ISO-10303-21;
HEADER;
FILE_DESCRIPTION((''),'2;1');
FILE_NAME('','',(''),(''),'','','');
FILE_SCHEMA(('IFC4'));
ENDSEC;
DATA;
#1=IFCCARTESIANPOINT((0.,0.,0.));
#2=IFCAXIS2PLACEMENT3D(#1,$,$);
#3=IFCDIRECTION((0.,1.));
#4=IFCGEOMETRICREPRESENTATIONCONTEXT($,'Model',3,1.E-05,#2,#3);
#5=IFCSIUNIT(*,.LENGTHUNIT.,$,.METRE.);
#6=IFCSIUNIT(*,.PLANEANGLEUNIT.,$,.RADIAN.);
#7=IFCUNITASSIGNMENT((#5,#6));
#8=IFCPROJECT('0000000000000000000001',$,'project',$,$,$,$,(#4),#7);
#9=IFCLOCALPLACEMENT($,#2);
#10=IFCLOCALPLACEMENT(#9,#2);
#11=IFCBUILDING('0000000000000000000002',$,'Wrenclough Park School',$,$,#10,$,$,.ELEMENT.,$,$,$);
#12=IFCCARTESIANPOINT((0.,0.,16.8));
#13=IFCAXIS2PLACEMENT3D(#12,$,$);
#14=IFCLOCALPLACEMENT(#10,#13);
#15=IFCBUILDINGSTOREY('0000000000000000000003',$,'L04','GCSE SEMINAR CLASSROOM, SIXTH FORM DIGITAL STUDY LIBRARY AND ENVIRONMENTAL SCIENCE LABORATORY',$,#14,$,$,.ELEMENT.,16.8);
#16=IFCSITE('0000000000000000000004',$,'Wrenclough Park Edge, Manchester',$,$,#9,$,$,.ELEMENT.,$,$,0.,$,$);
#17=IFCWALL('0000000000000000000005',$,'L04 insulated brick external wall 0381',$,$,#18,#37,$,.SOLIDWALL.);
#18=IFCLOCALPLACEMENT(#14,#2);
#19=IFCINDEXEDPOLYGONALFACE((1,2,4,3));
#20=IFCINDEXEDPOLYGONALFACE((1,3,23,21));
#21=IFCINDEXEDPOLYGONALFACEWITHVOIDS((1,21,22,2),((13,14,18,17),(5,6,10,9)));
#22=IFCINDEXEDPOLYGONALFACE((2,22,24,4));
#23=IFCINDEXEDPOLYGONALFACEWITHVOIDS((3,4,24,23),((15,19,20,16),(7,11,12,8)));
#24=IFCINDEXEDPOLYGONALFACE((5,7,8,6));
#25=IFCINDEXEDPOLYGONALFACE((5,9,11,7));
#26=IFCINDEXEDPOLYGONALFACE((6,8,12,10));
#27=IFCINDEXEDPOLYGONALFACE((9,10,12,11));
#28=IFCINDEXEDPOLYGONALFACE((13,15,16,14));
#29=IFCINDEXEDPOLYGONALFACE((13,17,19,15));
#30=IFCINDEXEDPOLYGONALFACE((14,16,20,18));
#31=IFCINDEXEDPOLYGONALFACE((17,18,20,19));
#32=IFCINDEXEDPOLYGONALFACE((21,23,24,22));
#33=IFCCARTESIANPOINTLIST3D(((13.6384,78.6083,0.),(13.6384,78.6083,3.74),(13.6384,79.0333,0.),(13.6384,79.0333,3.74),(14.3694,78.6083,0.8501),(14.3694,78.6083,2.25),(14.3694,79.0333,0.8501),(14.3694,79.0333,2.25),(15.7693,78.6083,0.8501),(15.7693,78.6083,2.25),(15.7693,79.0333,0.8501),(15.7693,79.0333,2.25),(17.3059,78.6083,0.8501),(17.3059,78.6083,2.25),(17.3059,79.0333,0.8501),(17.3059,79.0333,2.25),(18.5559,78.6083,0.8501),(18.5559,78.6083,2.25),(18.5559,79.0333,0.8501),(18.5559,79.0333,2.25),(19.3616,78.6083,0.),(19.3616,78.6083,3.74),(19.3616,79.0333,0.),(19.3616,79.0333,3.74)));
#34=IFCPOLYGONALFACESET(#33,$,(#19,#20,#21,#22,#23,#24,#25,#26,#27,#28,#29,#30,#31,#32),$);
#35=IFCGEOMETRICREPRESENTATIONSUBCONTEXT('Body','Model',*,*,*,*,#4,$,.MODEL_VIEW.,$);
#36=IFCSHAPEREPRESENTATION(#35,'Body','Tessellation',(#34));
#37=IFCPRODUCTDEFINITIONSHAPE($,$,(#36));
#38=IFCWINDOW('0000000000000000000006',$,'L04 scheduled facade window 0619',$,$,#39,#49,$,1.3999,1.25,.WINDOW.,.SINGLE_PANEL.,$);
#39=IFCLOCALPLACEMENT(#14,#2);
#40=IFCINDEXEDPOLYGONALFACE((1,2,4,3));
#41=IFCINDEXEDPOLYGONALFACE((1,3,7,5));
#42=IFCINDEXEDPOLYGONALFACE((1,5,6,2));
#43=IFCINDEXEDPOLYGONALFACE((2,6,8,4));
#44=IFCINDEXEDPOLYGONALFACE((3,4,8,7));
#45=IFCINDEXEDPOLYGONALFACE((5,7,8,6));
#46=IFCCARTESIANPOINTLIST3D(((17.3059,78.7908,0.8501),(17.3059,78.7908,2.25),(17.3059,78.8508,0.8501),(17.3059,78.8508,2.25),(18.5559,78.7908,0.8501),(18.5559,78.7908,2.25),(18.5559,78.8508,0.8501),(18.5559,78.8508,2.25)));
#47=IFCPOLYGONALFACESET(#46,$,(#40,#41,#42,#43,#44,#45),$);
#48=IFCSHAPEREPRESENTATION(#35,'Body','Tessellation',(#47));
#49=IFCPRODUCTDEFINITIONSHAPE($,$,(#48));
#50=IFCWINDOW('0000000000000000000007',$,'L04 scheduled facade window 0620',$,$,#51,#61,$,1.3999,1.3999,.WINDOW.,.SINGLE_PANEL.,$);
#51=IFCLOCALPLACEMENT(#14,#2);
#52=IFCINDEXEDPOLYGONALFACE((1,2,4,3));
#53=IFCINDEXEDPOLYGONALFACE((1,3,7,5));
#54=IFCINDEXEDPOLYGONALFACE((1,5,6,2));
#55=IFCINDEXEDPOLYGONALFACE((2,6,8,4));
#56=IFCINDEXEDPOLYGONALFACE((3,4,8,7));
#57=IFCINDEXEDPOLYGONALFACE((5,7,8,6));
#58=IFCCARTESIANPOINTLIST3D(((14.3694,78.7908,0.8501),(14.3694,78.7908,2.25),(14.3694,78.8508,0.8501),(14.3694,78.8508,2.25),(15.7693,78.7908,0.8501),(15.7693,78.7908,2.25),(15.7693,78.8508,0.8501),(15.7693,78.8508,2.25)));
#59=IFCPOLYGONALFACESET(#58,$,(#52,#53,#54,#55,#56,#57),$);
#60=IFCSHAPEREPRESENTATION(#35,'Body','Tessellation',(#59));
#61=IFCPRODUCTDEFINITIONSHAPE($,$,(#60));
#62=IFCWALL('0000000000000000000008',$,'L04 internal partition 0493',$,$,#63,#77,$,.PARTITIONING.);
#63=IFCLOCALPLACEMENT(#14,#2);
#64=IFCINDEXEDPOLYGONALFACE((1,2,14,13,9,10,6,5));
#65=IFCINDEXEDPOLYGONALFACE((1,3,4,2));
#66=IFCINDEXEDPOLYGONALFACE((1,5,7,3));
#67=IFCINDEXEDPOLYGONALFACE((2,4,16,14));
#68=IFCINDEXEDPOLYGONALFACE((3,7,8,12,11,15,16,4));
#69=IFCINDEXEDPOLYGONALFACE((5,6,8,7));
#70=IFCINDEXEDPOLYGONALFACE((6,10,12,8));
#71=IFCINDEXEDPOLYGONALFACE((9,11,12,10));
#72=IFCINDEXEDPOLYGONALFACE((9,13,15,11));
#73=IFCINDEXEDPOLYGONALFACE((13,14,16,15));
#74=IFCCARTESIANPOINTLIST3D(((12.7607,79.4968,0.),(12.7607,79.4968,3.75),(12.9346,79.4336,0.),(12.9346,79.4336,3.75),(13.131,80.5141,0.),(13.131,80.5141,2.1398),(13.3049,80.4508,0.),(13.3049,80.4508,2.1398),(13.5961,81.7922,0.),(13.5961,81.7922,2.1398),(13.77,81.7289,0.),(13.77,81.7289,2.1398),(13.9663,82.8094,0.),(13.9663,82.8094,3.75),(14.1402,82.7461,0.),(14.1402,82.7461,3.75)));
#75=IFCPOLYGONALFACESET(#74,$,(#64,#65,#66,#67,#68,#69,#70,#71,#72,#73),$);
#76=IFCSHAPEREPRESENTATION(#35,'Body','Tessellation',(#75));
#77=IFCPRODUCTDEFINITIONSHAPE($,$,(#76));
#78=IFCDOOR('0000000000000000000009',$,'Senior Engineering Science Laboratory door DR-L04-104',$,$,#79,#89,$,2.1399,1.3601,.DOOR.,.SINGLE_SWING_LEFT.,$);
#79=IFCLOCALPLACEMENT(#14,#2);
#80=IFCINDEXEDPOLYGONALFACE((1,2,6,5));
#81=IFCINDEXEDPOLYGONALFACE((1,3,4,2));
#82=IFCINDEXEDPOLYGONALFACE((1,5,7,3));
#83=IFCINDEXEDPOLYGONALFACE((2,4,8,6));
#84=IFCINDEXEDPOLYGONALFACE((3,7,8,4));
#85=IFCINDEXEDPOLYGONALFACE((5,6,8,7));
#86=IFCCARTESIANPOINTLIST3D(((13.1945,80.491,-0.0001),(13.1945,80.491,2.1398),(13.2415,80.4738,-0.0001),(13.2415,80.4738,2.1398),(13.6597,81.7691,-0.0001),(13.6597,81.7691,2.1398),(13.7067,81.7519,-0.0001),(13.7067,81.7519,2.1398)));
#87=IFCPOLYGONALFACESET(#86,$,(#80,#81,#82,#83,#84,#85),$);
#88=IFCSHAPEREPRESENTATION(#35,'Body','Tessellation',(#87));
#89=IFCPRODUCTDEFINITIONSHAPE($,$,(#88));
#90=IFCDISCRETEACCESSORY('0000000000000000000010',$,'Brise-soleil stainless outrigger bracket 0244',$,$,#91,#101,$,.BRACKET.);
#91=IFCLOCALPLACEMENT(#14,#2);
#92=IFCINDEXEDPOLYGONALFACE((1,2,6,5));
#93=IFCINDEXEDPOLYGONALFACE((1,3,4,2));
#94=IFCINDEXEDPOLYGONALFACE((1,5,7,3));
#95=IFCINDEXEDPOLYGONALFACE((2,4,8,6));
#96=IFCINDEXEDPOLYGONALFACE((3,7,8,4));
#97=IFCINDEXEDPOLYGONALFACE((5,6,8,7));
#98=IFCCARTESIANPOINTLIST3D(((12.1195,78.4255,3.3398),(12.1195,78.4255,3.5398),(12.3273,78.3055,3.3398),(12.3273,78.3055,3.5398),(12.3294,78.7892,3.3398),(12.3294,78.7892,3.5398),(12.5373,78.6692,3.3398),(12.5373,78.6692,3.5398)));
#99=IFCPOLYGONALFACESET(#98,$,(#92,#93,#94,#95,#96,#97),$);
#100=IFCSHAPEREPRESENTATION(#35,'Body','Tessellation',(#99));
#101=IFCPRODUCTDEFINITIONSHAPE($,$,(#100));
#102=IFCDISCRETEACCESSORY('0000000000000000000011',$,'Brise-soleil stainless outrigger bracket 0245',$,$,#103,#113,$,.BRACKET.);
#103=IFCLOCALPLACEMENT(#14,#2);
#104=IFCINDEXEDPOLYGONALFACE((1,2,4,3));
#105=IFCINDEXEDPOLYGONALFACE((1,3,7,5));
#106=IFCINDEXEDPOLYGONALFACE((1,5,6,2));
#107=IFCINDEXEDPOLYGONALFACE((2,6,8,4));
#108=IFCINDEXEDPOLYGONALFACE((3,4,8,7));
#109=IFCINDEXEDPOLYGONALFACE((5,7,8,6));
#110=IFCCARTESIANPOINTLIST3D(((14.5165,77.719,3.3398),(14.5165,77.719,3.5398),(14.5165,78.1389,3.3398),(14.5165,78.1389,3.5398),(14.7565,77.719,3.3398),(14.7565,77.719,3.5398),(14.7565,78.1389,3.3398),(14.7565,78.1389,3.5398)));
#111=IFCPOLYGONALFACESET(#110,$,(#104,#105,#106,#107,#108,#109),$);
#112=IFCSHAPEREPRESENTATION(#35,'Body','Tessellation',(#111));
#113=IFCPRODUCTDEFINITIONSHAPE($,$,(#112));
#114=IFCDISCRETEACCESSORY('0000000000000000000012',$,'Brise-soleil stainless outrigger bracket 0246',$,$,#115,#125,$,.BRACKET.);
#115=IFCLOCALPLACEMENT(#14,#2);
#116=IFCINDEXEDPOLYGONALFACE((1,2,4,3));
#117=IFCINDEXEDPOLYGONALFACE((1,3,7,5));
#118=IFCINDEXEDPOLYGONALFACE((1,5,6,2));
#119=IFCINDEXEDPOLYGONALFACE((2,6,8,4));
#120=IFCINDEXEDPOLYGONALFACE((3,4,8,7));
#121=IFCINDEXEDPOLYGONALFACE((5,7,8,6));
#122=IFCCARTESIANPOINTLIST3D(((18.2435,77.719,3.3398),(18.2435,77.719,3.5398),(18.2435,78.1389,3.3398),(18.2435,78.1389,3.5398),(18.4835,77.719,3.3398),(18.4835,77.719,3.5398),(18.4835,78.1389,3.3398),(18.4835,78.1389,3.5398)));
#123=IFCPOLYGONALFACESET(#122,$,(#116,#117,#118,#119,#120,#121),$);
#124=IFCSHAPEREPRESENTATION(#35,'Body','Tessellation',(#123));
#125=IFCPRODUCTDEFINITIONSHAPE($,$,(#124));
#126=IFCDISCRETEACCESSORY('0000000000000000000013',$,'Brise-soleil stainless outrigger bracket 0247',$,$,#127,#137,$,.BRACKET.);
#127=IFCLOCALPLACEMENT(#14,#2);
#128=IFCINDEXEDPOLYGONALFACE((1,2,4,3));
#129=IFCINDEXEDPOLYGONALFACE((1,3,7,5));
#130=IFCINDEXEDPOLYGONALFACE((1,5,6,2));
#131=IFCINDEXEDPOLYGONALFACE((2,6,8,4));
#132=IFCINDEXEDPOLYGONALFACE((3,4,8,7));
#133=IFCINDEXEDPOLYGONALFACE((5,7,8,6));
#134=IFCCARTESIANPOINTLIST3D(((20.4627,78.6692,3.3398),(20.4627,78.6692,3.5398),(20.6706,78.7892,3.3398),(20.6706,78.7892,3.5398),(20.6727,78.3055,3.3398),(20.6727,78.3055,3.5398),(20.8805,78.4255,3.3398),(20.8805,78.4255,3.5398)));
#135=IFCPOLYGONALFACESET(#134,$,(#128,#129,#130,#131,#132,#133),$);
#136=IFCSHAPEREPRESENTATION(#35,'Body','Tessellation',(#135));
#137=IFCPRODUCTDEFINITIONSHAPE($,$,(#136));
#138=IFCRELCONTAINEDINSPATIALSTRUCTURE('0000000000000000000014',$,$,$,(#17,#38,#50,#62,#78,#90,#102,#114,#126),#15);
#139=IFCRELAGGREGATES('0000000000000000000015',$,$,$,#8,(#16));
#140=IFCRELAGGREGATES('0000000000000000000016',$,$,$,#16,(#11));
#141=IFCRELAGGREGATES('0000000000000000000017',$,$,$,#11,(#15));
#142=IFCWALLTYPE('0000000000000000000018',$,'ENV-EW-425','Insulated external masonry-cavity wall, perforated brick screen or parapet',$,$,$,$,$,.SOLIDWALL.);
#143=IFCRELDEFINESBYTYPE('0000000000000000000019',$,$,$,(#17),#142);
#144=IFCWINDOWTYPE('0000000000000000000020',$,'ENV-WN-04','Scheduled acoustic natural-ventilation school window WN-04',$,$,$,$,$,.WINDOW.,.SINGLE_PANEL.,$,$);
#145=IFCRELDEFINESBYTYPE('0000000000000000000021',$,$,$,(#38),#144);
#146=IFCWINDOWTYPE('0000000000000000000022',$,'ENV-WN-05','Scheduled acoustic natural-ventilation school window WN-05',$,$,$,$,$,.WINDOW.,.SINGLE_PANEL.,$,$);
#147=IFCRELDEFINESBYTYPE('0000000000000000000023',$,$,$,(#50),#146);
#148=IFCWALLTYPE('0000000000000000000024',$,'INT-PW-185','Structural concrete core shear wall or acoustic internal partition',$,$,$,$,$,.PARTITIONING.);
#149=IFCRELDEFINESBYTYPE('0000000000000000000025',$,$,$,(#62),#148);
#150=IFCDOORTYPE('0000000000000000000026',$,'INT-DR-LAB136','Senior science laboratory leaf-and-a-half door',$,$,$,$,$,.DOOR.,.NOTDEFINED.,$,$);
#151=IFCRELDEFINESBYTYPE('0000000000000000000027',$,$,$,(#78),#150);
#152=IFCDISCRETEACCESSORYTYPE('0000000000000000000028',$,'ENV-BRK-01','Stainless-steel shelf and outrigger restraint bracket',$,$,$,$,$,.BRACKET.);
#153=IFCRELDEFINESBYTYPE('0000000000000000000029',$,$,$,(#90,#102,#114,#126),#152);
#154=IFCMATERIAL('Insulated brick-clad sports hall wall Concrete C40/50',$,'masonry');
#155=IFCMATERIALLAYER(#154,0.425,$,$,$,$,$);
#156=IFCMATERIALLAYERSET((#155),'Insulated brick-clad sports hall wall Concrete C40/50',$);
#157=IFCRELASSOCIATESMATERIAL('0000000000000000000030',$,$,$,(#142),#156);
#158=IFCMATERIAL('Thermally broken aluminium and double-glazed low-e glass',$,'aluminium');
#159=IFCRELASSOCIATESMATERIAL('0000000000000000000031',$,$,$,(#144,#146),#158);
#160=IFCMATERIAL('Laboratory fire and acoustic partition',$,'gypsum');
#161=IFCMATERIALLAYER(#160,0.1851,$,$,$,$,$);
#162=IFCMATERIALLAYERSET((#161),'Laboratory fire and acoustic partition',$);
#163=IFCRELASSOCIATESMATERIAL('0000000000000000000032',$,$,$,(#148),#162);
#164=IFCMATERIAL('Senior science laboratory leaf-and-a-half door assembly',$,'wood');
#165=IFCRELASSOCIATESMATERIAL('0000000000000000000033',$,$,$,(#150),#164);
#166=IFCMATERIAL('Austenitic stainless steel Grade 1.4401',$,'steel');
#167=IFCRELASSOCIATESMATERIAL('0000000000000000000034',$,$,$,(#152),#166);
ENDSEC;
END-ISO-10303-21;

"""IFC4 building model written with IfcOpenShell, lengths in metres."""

from ifc_helpers import new_model, si_unit, direction, frame, frame_2d, origin, origin_2d, place, context, subcontext, project, spatial, rectangle, extrude, material, layer, layer_set, type_object, element, fill, save


model = new_model("IFC4")

# Units and contexts
model_context = context("Model", 3, precision=1e-05, world=origin(), true_north=direction((0.0, 1.0)))
body_context = subcontext(model_context, "Body", "Model", "MODEL_VIEW")
ifc_project = project(units=[si_unit("LENGTHUNIT", "METRE"), si_unit("PLANEANGLEUNIT", "RADIAN")], contexts=[model_context])

# Site, building, storey
site_placement = place(None, origin())
site = spatial("IfcSite", under=ifc_project, at=site_placement, Name="Wrenclough Park Edge, Manchester", CompositionType="ELEMENT", RefElevation=0.0)
building_placement = place(site_placement, origin())
building = spatial("IfcBuilding", under=site, at=building_placement, Name="Wrenclough Park School", CompositionType="ELEMENT")
storey_placement = place(building_placement, frame((0.0, 0.0, 16.8)))
storey = spatial("IfcBuildingStorey", under=building, at=storey_placement, Name="L04", Description="GCSE SEMINAR CLASSROOM, SIXTH FORM DIGITAL STUDY LIBRARY AND ENVIRONMENTAL SCIENCE LABORATORY", CompositionType="ELEMENT", Elevation=16.8)

# Wall, openings, windows
ifc_material_1 = material(Name="Thermally broken aluminium and double-glazed low-e glass", Category="aluminium")
ifc_material_2 = material(Name="Insulated brick-clad sports hall wall Concrete C40/50", Category="masonry")
ifc_layer_1 = layer(ifc_material_2, 0.425)
ifc_layer_set_1 = layer_set([ifc_layer_1], Name="Insulated brick-clad sports hall wall Concrete C40/50")
wall_type_1 = type_object("IfcWallType", Name="ENV-EW-425", Description="Insulated external masonry-cavity wall, perforated brick screen or parapet", PredefinedType="SOLIDWALL", material=ifc_layer_set_1)
wall_1_placement = place(storey_placement, frame((19.3616, 78.8208, 0.0), z_axis=(0.0, 0.0, 1.0), x_axis=(-1.0, 0.0, 0.0)))
wall_1 = element("IfcWall", 1, at=wall_1_placement, inside=storey, type_object=wall_type_1, Name="L04 insulated brick external wall 0381", PredefinedType="SOLIDWALL", context=body_context, shape_type="SweptSolid", body=[
    extrude(rectangle(XDim=5.7231, YDim=0.425, at=frame_2d((2.8616, 0.0))), origin(), (0.0, 0.0, 1.0), 3.74),
])
opening_1_placement = place(wall_1_placement, frame((0.8057, 0.0, 0.8501)))
opening_1 = element("IfcOpeningElement", 2, at=opening_1_placement, cuts=wall_1, PredefinedType="OPENING", context=body_context, shape_type="SweptSolid", body=[
    extrude(rectangle(XDim=1.25, YDim=1.3999, at=frame_2d((0.625, 0.7))), frame((0.0, 0.2224, 0.0), z_axis=(0.0, -1.0, 0.0), x_axis=(1.0, 0.0, 0.0)), (0.0, 0.0, 1.0), 0.4451),
])
opening_2_placement = place(wall_1_placement, frame((3.5923, 0.0, 0.8501)))
opening_2 = element("IfcOpeningElement", 3, at=opening_2_placement, cuts=wall_1, PredefinedType="OPENING", context=body_context, shape_type="SweptSolid", body=[
    extrude(rectangle(XDim=1.3999, YDim=1.3999, at=frame_2d((0.7, 0.7))), frame((0.0, 0.2224, 0.0), z_axis=(0.0, -1.0, 0.0), x_axis=(1.0, 0.0, 0.0)), (0.0, 0.0, 1.0), 0.4451),
])
window_type_1 = type_object("IfcWindowType", Name="ENV-WN-04", Description="Scheduled acoustic natural-ventilation school window WN-04", PartitioningType="SINGLE_PANEL", PredefinedType="WINDOW", material=ifc_material_1)
window_1_placement = place(opening_1_placement, origin())
window_1 = element("IfcWindow", 4, at=window_1_placement, inside=storey, type_object=window_type_1, Name="L04 scheduled facade window 0619", OverallHeight=1.3999, OverallWidth=1.25, PartitioningType="SINGLE_PANEL", PredefinedType="WINDOW", context=body_context, shape_type="SweptSolid", body=[
    extrude(rectangle(XDim=1.25, YDim=1.3999, at=frame_2d((0.625, 0.7))), frame((0.0, 0.03, 0.0), z_axis=(0.0, -1.0, 0.0), x_axis=(1.0, 0.0, 0.0)), (0.0, 0.0, 1.0), 0.0601),
])
fill(opening_1, window_1)
window_type_2 = type_object("IfcWindowType", Name="ENV-WN-05", Description="Scheduled acoustic natural-ventilation school window WN-05", PartitioningType="SINGLE_PANEL", PredefinedType="WINDOW", material=ifc_material_1)
window_2_placement = place(opening_2_placement, origin())
window_2 = element("IfcWindow", 5, at=window_2_placement, inside=storey, type_object=window_type_2, Name="L04 scheduled facade window 0620", OverallHeight=1.3999, OverallWidth=1.3999, PartitioningType="SINGLE_PANEL", PredefinedType="WINDOW", context=body_context, shape_type="SweptSolid", body=[
    extrude(rectangle(XDim=1.3999, YDim=1.3999, at=frame_2d((0.7, 0.7))), frame((0.0, 0.03, 0.0), z_axis=(0.0, -1.0, 0.0), x_axis=(1.0, 0.0, 0.0)), (0.0, 0.0, 1.0), 0.0601),
])
fill(opening_2, window_2)

# Wall, opening, door
ifc_material_3 = material(Name="Laboratory fire and acoustic partition", Category="gypsum")
ifc_layer_2 = layer(ifc_material_3, 0.1851)
ifc_layer_set_2 = layer_set([ifc_layer_2], Name="Laboratory fire and acoustic partition")
wall_type_2 = type_object("IfcWallType", Name="INT-PW-185", Description="Structural concrete core shear wall or acoustic internal partition", PredefinedType="PARTITIONING", material=ifc_layer_set_2)
wall_2_placement = place(storey_placement, frame((12.8477, 79.4651, 0.0), z_axis=(0.0, 0.0, 1.0), x_axis=(0.341999, 0.9397, 0.0)))
wall_2 = element("IfcWall", 6, at=wall_2_placement, inside=storey, type_object=wall_type_2, Name="L04 internal partition 0493", PredefinedType="PARTITIONING", context=body_context, shape_type="SweptSolid", body=[
    extrude(rectangle(XDim=3.5251, YDim=0.1851, at=frame_2d((1.7627, 0.0))), origin(), (0.0, 0.0, 1.0), 3.75),
])
opening_3_placement = place(wall_2_placement, frame((1.0825, 0.0, 0.0)))
opening_3 = element("IfcOpeningElement", 7, at=opening_3_placement, cuts=wall_2, PredefinedType="OPENING", context=body_context, shape_type="SweptSolid", body=[
    extrude(rectangle(XDim=1.3601, YDim=2.1399, at=frame_2d((0.6802, 1.0698))), frame((0.0, 0.1025, 0.0), z_axis=(0.0, -1.0, 0.0), x_axis=(1.0, 0.0, 0.0)), (0.0, 0.0, 1.0), 0.2051),
])
ifc_material_4 = material(Name="Senior science laboratory leaf-and-a-half door assembly", Category="wood")
door_type = type_object("IfcDoorType", Name="INT-DR-LAB136", Description="Senior science laboratory leaf-and-a-half door", OperationType="NOTDEFINED", PredefinedType="DOOR", material=ifc_material_4)
door_placement = place(opening_3_placement, origin())
door = element("IfcDoor", 8, at=door_placement, inside=storey, type_object=door_type, Name="Senior Engineering Science Laboratory door DR-L04-104", OperationType="SINGLE_SWING_LEFT", OverallHeight=2.1399, OverallWidth=1.3601, PredefinedType="DOOR", context=body_context, shape_type="SweptSolid", body=[
    extrude(rectangle(XDim=1.3601, YDim=2.1399, at=frame_2d((0.6802, 1.0698))), frame((0.0, 0.0249, 0.0), z_axis=(0.0, -1.0, 0.0), x_axis=(1.0, 0.0, 0.0)), (0.0, 0.0, 1.0), 0.05),
])
fill(opening_3, door)

# Discrete accessories
ifc_material_5 = material(Name="Austenitic stainless steel Grade 1.4401", Category="steel")
discrete_accessory_type = type_object("IfcDiscreteAccessoryType", Name="ENV-BRK-01", Description="Stainless-steel shelf and outrigger restraint bracket", PredefinedType="BRACKET", material=ifc_material_5)
for number, where, z_axis, x_axis, name in (
    (9, (12.3284, 78.5474, 3.3398), (0.0, 0.0, 1.0), (0.866029, -0.499993, 0.0), "Brise-soleil stainless outrigger bracket 0244"),
    (10, (14.6365, 77.929, 3.3398), (0.0, 0.0, 1.0), (1.0, 0.0, 0.0), "Brise-soleil stainless outrigger bracket 0245"),
    (11, (18.3635, 77.929, 3.3398), (0.0, 0.0, 1.0), (1.0, 0.0, 0.0), "Brise-soleil stainless outrigger bracket 0246"),
    (12, (20.6716, 78.5474, 3.3398), (0.0, 0.0, 1.0), (0.866029, 0.499993, 0.0), "Brise-soleil stainless outrigger bracket 0247"),
):
    element("IfcDiscreteAccessory", number, at=place(storey_placement, frame(where, z_axis=z_axis, x_axis=x_axis)), inside=storey, type_object=discrete_accessory_type, Name=name, PredefinedType="BRACKET", context=body_context, shape_type="SweptSolid", body=[
        extrude(rectangle(XDim=0.24, YDim=0.4199, at=origin_2d()), origin(), (0.0, 0.0, 1.0), 0.2),
    ])

save(model, "model.ifc")
